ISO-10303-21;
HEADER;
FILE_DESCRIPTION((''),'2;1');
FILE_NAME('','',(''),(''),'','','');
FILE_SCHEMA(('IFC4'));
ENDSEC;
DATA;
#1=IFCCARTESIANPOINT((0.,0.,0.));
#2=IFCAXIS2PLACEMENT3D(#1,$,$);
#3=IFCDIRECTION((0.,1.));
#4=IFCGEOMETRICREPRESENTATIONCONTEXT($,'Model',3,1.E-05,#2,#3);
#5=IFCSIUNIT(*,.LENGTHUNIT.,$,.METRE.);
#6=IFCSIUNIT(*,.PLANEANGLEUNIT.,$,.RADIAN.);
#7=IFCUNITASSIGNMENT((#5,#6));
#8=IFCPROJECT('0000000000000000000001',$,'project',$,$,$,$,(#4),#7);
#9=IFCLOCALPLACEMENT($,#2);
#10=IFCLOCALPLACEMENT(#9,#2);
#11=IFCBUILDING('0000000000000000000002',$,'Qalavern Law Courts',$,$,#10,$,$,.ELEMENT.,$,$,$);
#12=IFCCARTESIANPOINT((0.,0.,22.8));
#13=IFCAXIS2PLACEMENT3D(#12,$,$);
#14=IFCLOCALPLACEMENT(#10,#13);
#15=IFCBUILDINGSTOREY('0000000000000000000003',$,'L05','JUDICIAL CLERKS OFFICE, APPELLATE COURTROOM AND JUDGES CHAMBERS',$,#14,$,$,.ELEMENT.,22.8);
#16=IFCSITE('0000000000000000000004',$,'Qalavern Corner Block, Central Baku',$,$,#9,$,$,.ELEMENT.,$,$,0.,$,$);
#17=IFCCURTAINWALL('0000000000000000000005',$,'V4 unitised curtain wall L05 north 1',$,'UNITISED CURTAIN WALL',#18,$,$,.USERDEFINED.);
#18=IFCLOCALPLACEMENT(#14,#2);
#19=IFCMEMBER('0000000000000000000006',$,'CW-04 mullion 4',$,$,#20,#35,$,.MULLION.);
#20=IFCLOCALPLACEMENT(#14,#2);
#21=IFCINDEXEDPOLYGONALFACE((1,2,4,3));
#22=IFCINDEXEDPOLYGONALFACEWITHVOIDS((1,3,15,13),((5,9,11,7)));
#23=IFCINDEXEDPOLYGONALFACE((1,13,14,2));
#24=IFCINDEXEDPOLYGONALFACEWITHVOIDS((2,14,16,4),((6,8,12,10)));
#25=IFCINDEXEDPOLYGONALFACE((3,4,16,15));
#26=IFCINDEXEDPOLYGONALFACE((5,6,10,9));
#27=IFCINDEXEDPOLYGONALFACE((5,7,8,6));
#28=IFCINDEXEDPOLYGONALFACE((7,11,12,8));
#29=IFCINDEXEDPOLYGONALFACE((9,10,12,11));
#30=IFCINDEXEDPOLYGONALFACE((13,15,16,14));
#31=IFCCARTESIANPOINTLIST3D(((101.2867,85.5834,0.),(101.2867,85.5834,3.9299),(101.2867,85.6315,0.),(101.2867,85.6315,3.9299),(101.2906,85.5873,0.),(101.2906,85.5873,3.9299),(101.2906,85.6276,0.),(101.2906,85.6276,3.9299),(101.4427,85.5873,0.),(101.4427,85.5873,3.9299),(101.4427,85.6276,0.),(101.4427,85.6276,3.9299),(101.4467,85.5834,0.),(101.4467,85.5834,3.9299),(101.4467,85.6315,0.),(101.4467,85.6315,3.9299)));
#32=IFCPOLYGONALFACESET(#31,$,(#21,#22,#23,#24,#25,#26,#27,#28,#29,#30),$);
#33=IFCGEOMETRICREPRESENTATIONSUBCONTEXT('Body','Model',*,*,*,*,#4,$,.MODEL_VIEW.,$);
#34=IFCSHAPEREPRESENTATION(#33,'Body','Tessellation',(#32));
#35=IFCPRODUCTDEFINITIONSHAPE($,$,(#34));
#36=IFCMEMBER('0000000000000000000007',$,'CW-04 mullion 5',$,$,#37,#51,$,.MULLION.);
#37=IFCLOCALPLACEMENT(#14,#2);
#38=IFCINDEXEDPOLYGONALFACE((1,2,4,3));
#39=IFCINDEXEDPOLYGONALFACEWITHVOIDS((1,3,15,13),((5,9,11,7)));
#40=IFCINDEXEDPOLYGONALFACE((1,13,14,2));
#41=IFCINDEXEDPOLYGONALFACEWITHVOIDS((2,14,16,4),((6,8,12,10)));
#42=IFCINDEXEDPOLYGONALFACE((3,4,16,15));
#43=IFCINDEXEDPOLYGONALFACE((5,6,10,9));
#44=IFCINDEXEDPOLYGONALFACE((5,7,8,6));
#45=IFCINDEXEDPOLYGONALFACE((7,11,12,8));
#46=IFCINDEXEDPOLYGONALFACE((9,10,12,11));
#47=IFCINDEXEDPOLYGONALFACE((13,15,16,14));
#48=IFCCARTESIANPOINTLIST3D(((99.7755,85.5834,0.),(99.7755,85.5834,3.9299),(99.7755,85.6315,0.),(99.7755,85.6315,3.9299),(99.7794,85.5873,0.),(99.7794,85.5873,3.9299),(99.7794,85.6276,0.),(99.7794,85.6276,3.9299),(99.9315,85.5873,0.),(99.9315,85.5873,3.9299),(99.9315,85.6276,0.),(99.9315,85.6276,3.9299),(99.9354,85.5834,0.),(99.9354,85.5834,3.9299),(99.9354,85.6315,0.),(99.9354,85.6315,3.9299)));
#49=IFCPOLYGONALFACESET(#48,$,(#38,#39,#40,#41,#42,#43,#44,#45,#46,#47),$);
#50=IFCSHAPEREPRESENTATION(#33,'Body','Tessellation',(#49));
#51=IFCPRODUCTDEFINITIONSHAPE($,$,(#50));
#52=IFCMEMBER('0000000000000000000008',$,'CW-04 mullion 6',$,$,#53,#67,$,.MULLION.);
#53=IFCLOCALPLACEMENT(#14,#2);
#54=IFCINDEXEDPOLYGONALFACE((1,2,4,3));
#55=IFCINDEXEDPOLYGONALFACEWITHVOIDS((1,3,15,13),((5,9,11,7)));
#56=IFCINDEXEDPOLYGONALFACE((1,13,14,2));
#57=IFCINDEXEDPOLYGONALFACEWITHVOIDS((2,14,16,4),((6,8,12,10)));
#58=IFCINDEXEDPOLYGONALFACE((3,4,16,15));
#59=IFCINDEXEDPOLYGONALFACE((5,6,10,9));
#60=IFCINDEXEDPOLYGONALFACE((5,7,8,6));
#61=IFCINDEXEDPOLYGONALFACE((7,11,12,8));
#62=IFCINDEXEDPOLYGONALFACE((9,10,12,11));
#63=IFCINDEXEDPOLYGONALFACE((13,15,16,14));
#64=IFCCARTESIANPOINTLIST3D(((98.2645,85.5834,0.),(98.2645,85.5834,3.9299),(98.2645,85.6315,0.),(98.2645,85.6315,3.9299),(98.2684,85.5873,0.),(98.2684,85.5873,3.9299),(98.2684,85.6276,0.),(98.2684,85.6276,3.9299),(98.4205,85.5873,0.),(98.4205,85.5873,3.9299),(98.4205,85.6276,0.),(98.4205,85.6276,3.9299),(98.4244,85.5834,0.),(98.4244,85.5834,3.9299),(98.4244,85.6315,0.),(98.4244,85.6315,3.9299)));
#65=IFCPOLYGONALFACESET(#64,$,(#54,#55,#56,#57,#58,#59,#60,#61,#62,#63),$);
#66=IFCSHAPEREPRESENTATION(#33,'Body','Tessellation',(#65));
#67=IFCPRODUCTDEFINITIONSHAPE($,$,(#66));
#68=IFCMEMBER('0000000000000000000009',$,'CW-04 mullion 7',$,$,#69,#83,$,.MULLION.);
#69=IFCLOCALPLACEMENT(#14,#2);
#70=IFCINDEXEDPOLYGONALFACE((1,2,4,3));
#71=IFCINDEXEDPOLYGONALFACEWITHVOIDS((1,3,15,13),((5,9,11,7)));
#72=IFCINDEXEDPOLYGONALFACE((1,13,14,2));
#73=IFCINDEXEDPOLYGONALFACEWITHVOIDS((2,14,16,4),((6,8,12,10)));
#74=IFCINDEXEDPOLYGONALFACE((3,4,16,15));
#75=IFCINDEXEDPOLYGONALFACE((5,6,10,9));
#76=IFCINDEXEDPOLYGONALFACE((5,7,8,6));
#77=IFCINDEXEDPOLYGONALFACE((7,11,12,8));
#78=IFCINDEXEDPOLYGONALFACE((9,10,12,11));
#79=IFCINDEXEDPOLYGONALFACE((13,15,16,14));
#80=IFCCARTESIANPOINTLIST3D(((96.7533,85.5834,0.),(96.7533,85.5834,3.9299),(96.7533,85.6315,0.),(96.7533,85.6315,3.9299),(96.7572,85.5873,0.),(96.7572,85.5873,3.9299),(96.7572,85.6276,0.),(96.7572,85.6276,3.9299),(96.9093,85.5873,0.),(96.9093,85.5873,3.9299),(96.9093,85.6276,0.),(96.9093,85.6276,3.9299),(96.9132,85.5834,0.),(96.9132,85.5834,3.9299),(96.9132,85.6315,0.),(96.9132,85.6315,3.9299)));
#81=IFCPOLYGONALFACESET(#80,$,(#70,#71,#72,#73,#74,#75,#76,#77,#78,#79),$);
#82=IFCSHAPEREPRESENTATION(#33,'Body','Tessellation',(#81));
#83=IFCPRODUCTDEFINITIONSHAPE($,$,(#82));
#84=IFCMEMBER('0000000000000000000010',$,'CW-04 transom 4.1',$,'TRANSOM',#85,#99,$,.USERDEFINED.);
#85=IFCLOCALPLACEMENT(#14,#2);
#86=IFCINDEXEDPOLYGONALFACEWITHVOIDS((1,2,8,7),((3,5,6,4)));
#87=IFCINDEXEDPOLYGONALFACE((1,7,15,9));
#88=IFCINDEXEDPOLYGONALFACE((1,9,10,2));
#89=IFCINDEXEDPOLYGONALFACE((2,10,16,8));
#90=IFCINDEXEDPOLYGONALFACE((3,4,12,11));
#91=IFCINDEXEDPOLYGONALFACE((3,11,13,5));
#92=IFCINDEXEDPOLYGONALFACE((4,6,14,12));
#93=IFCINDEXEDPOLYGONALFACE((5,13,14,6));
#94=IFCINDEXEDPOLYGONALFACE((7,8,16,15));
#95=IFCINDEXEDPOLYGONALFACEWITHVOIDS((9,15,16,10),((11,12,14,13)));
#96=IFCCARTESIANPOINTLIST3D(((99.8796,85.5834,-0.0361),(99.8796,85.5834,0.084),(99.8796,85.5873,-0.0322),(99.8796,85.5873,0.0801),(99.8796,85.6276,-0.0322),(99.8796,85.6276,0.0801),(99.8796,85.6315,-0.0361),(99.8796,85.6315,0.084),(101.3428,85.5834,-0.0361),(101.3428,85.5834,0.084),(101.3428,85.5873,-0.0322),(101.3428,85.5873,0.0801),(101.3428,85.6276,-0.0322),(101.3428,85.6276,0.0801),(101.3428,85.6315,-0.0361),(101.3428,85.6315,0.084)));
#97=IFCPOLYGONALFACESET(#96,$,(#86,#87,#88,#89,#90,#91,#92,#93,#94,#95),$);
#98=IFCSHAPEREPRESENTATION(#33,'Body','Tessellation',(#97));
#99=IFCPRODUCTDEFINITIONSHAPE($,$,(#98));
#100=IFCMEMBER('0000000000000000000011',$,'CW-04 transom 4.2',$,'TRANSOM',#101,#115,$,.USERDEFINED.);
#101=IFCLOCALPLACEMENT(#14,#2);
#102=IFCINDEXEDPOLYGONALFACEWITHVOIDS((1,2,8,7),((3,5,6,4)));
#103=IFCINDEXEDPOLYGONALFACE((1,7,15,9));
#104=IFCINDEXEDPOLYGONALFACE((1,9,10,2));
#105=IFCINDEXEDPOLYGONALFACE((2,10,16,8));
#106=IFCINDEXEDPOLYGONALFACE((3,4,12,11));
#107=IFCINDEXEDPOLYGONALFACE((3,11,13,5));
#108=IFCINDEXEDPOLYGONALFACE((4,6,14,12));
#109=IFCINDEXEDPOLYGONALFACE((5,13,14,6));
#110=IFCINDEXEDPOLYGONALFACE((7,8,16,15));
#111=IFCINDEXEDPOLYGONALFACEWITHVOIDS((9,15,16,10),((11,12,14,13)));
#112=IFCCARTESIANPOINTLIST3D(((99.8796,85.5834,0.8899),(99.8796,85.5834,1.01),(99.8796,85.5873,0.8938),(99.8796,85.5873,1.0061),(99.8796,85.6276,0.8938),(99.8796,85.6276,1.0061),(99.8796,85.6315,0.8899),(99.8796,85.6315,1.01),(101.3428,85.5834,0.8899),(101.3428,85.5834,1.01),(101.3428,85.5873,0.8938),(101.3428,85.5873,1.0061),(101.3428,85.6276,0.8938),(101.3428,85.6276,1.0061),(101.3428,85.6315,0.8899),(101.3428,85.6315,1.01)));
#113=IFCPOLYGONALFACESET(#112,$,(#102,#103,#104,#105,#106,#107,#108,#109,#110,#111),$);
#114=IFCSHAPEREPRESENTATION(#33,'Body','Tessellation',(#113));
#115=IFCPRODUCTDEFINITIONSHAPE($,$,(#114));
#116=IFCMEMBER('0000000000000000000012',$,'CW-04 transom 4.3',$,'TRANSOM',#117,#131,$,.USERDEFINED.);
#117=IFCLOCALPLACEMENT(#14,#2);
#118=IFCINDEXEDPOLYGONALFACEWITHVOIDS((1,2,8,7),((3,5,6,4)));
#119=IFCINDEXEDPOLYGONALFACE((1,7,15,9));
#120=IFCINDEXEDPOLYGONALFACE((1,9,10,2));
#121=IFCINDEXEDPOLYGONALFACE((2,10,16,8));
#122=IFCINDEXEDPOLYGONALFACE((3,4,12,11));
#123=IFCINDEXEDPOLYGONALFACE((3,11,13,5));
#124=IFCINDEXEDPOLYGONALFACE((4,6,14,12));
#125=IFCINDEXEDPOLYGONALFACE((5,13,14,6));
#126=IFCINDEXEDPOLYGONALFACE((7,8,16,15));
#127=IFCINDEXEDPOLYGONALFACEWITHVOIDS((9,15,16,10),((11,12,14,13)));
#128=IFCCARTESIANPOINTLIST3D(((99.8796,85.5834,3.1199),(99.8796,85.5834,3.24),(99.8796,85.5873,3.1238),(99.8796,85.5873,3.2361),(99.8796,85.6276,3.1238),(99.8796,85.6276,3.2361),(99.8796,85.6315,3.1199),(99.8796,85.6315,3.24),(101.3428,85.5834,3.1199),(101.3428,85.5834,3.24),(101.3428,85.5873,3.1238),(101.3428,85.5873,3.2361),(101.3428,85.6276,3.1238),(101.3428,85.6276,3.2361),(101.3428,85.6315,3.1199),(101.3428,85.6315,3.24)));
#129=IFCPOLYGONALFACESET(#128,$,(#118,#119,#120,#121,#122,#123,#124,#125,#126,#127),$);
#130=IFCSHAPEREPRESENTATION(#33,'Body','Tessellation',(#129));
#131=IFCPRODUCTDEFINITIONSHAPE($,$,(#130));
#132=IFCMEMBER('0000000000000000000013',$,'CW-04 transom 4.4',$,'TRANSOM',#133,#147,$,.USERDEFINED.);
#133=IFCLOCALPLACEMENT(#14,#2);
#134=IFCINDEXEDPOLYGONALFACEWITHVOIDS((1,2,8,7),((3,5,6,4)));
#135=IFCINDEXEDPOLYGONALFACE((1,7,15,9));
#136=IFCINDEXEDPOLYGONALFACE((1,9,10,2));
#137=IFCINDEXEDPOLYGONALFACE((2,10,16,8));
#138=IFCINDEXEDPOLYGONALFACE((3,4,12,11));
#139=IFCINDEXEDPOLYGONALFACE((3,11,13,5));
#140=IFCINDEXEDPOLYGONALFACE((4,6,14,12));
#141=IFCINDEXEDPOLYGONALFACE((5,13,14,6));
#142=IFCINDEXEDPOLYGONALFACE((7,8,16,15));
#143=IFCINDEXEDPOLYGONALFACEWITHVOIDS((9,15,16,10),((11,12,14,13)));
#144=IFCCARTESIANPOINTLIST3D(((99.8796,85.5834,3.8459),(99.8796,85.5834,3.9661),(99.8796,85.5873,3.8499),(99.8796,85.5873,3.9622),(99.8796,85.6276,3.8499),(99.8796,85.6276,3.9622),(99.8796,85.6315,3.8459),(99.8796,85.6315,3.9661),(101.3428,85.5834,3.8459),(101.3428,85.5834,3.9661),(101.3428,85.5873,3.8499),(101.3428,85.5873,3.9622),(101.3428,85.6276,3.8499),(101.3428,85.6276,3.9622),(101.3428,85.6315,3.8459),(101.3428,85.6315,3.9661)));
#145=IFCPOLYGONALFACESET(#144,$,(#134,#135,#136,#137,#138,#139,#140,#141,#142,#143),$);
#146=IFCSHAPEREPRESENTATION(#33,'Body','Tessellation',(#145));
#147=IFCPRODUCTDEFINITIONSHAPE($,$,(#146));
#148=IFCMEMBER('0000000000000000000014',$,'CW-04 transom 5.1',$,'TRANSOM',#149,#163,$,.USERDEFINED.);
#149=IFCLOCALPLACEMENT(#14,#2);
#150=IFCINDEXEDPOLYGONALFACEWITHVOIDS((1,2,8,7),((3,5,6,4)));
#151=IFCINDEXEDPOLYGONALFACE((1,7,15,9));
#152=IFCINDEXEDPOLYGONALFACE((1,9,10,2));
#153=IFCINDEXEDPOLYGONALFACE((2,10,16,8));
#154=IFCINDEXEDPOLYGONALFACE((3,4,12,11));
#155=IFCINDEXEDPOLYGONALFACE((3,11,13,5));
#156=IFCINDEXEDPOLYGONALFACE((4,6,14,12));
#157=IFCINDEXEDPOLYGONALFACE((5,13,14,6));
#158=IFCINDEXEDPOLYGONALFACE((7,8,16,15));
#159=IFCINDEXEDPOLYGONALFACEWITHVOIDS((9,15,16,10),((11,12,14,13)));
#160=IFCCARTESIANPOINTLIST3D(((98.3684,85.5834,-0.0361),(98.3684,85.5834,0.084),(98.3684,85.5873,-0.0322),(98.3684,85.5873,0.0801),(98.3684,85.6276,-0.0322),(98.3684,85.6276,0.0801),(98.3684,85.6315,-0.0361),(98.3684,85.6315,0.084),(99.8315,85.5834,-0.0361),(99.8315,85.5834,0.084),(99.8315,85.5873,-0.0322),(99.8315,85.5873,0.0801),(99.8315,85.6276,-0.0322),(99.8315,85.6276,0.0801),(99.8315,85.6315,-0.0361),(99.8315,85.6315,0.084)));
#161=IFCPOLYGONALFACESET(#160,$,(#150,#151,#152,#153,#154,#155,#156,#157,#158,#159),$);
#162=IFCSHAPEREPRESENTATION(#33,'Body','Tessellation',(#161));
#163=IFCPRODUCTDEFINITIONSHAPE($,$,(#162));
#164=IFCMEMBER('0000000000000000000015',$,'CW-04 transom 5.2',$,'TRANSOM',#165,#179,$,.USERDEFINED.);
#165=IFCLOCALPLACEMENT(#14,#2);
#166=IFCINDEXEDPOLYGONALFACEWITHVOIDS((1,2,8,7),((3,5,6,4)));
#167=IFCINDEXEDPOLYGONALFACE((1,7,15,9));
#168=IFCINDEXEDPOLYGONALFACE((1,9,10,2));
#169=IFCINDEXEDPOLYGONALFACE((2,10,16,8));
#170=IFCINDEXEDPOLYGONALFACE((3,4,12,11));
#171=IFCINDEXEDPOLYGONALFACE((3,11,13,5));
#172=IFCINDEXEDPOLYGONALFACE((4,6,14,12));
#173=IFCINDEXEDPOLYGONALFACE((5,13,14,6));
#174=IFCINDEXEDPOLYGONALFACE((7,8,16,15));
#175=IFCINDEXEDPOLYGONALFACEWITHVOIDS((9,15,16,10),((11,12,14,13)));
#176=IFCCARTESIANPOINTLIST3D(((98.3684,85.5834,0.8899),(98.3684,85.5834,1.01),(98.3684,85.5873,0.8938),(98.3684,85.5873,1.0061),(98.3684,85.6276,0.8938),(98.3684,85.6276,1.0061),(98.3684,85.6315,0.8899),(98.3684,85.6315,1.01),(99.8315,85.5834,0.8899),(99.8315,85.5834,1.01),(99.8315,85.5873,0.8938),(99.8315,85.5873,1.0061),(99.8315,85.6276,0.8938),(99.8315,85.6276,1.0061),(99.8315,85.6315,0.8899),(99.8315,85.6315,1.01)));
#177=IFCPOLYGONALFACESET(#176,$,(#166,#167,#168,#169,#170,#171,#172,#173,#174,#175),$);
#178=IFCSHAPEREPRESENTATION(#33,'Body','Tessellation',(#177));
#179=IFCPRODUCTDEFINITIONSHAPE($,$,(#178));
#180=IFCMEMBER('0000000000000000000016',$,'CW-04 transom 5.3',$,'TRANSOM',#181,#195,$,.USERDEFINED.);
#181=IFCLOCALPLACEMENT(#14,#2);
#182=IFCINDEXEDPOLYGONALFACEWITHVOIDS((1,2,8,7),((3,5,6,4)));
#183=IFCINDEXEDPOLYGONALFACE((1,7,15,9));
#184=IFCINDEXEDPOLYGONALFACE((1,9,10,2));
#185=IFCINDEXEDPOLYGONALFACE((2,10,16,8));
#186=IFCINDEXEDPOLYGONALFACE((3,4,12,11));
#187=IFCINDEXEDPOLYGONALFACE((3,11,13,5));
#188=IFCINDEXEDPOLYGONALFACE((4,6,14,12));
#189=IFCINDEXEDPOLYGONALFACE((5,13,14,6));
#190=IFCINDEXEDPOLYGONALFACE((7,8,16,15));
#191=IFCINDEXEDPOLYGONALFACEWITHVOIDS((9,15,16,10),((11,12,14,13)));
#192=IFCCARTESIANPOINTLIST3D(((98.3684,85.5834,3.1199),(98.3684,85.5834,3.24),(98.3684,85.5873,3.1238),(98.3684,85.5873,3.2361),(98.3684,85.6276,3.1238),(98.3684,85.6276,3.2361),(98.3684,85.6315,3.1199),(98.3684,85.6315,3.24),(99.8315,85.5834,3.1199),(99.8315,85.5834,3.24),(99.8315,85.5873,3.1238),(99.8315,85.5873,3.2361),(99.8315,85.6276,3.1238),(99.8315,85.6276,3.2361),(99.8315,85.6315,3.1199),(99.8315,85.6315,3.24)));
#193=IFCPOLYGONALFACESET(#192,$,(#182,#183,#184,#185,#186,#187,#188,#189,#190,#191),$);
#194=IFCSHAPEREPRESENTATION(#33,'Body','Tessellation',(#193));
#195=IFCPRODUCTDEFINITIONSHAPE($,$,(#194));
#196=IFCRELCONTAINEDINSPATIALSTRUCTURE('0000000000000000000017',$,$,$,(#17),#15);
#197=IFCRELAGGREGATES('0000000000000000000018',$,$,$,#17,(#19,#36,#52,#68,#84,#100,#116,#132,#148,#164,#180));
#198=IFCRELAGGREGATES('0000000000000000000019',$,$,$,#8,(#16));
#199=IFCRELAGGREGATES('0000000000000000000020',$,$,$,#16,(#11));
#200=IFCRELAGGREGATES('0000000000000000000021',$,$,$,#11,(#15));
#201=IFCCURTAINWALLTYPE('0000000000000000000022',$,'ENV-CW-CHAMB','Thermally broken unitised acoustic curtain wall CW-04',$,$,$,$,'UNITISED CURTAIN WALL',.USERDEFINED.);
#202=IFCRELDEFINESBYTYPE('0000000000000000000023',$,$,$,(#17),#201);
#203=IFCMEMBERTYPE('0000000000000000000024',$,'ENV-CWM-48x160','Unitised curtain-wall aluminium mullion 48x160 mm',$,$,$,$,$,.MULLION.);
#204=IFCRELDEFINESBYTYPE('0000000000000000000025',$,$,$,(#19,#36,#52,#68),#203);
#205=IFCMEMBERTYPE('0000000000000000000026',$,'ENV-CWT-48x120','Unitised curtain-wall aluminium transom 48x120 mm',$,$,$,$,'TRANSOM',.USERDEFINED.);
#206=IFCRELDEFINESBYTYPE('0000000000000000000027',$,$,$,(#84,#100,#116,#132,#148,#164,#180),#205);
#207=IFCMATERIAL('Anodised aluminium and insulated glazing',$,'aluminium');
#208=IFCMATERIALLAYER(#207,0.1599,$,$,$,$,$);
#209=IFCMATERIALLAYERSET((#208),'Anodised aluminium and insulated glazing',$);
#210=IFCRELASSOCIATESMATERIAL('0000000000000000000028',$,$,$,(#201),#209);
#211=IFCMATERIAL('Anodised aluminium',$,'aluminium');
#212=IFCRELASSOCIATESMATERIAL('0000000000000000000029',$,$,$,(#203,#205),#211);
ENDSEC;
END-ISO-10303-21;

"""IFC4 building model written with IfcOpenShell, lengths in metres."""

from ifc_helpers import new_model, si_unit, direction, frame, origin, origin_2d, place, context, subcontext, project, spatial, hollow_rectangle, extrude, material, layer, layer_set, material_profile, profile_set, type_object, element, aggregate, save


model = new_model("IFC4")

# Units and contexts
model_context = context("Model", 3, precision=1e-05, world=origin(), true_north=direction((0.0, 1.0)))
body_context = subcontext(model_context, "Body", "Model", "MODEL_VIEW")
ifc_project = project(units=[si_unit("LENGTHUNIT", "METRE"), si_unit("PLANEANGLEUNIT", "RADIAN")], contexts=[model_context])

# Site, building, storey
site_placement = place(None, origin())
site = spatial("IfcSite", under=ifc_project, at=site_placement, Name="Qalavern Corner Block, Central Baku", CompositionType="ELEMENT", RefElevation=0.0)
building_placement = place(site_placement, origin())
building = spatial("IfcBuilding", under=site, at=building_placement, Name="Qalavern Law Courts", CompositionType="ELEMENT")
storey_placement = place(building_placement, frame((0.0, 0.0, 22.8)))
storey = spatial("IfcBuildingStorey", under=building, at=storey_placement, Name="L05", Description="JUDICIAL CLERKS OFFICE, APPELLATE COURTROOM AND JUDGES CHAMBERS", CompositionType="ELEMENT", Elevation=22.8)

# Curtain wall, members
ifc_material_1 = material(Name="Anodised aluminium and insulated glazing", Category="aluminium")
ifc_layer_1 = layer(ifc_material_1, 0.1599)
ifc_layer_set_1 = layer_set([ifc_layer_1], Name="Anodised aluminium and insulated glazing")
curtain_wall_type = type_object("IfcCurtainWallType", Name="ENV-CW-CHAMB", Description="Thermally broken unitised acoustic curtain wall CW-04", ElementType="UNITISED CURTAIN WALL", PredefinedType="USERDEFINED", material=ifc_layer_set_1)
curtain_wall_placement = place(storey_placement, origin())
curtain_wall = element("IfcCurtainWall", 1, at=curtain_wall_placement, inside=storey, type_object=curtain_wall_type, Name="V4 unitised curtain wall L05 north 1", ObjectType="UNITISED CURTAIN WALL", PredefinedType="USERDEFINED")
ifc_material_2 = material(Name="Anodised aluminium", Category="aluminium")
ifc_material_profile_1 = material_profile(ifc_material_2, hollow_rectangle(XDim=0.0481, YDim=0.1599, WallThickness=0.0039, at=origin_2d()), Name="ALU MULLION 48x160")
ifc_profile_set_1 = profile_set([ifc_material_profile_1], Name="Anodised aluminium")
member_type_1 = type_object("IfcMemberType", Name="ENV-CWM-48x160", Description="Unitised curtain-wall aluminium mullion 48x160 mm", PredefinedType="MULLION", material=ifc_profile_set_1)
member_1_placement = place(storey_placement, frame((101.3667, 85.6074, 0.0), z_axis=(0.0, 0.0, 1.0), x_axis=(0.0, -1.0, 0.0)))
member_1 = element("IfcMember", 2, at=member_1_placement, type_object=member_type_1, Name="CW-04 mullion 4", PredefinedType="MULLION", context=body_context, shape_type="SweptSolid", body=[
    extrude(hollow_rectangle(XDim=0.0481, YDim=0.1599, WallThickness=0.0039, at=origin_2d()), origin(), (0.0, 0.0, 1.0), 3.9299),
])
member_2_placement = place(storey_placement, frame((99.8555, 85.6074, 0.0), z_axis=(0.0, 0.0, 1.0), x_axis=(0.0, -1.0, 0.0)))
member_2 = element("IfcMember", 3, at=member_2_placement, type_object=member_type_1, Name="CW-04 mullion 5", PredefinedType="MULLION", context=body_context, shape_type="SweptSolid", body=[
    extrude(hollow_rectangle(XDim=0.0481, YDim=0.1599, WallThickness=0.0039, at=origin_2d()), origin(), (0.0, 0.0, 1.0), 3.9299),
])
member_3_placement = place(storey_placement, frame((98.3445, 85.6074, 0.0), z_axis=(0.0, 0.0, 1.0), x_axis=(0.0, -1.0, 0.0)))
member_3 = element("IfcMember", 4, at=member_3_placement, type_object=member_type_1, Name="CW-04 mullion 6", PredefinedType="MULLION", context=body_context, shape_type="SweptSolid", body=[
    extrude(hollow_rectangle(XDim=0.0481, YDim=0.1599, WallThickness=0.0039, at=origin_2d()), origin(), (0.0, 0.0, 1.0), 3.9299),
])
member_4_placement = place(storey_placement, frame((96.8333, 85.6074, 0.0), z_axis=(0.0, 0.0, 1.0), x_axis=(0.0, -1.0, 0.0)))
member_4 = element("IfcMember", 5, at=member_4_placement, type_object=member_type_1, Name="CW-04 mullion 7", PredefinedType="MULLION", context=body_context, shape_type="SweptSolid", body=[
    extrude(hollow_rectangle(XDim=0.0481, YDim=0.1599, WallThickness=0.0039, at=origin_2d()), origin(), (0.0, 0.0, 1.0), 3.9299),
])
ifc_material_profile_2 = material_profile(ifc_material_2, hollow_rectangle(XDim=0.0481, YDim=0.1201, WallThickness=0.0039, at=origin_2d()), Name="ALU TRANSOM 48x120")
ifc_profile_set_2 = profile_set([ifc_material_profile_2], Name="Anodised aluminium")
member_type_2 = type_object("IfcMemberType", Name="ENV-CWT-48x120", Description="Unitised curtain-wall aluminium transom 48x120 mm", ElementType="TRANSOM", PredefinedType="USERDEFINED", material=ifc_profile_set_2)
member_5_placement = place(storey_placement, frame((101.3428, 85.6074, 0.0239), z_axis=(-1.0, 0.0, 0.0), x_axis=(0.0, -1.0, 0.0)))
member_5 = element("IfcMember", 6, at=member_5_placement, type_object=member_type_2, Name="CW-04 transom 4.1", ObjectType="TRANSOM", PredefinedType="USERDEFINED", context=body_context, shape_type="SweptSolid", body=[
    extrude(hollow_rectangle(XDim=0.0481, YDim=0.1201, WallThickness=0.0039, at=origin_2d()), origin(), (0.0, 0.0, 1.0), 1.4631),
])
member_6_placement = place(storey_placement, frame((101.3428, 85.6074, 0.95), z_axis=(-1.0, 0.0, 0.0), x_axis=(0.0, -1.0, 0.0)))
member_6 = element("IfcMember", 7, at=member_6_placement, type_object=member_type_2, Name="CW-04 transom 4.2", ObjectType="TRANSOM", PredefinedType="USERDEFINED", context=body_context, shape_type="SweptSolid", body=[
    extrude(hollow_rectangle(XDim=0.0481, YDim=0.1201, WallThickness=0.0039, at=origin_2d()), origin(), (0.0, 0.0, 1.0), 1.4631),
])
member_7_placement = place(storey_placement, frame((101.3428, 85.6074, 3.1799), z_axis=(-1.0, 0.0, 0.0), x_axis=(0.0, -1.0, 0.0)))
member_7 = element("IfcMember", 8, at=member_7_placement, type_object=member_type_2, Name="CW-04 transom 4.3", ObjectType="TRANSOM", PredefinedType="USERDEFINED", context=body_context, shape_type="SweptSolid", body=[
    extrude(hollow_rectangle(XDim=0.0481, YDim=0.1201, WallThickness=0.0039, at=origin_2d()), origin(), (0.0, 0.0, 1.0), 1.4631),
])
member_8_placement = place(storey_placement, frame((101.3428, 85.6074, 3.906), z_axis=(-1.0, 0.0, 0.0), x_axis=(0.0, -1.0, 0.0)))
member_8 = element("IfcMember", 9, at=member_8_placement, type_object=member_type_2, Name="CW-04 transom 4.4", ObjectType="TRANSOM", PredefinedType="USERDEFINED", context=body_context, shape_type="SweptSolid", body=[
    extrude(hollow_rectangle(XDim=0.0481, YDim=0.1201, WallThickness=0.0039, at=origin_2d()), origin(), (0.0, 0.0, 1.0), 1.4631),
])
member_9_placement = place(storey_placement, frame((99.8315, 85.6074, 0.0239), z_axis=(-1.0, 0.0, 0.0), x_axis=(0.0, -1.0, 0.0)))
member_9 = element("IfcMember", 10, at=member_9_placement, type_object=member_type_2, Name="CW-04 transom 5.1", ObjectType="TRANSOM", PredefinedType="USERDEFINED", context=body_context, shape_type="SweptSolid", body=[
    extrude(hollow_rectangle(XDim=0.0481, YDim=0.1201, WallThickness=0.0039, at=origin_2d()), origin(), (0.0, 0.0, 1.0), 1.4631),
])
member_10_placement = place(storey_placement, frame((99.8315, 85.6074, 0.95), z_axis=(-1.0, 0.0, 0.0), x_axis=(0.0, -1.0, 0.0)))
member_10 = element("IfcMember", 11, at=member_10_placement, type_object=member_type_2, Name="CW-04 transom 5.2", ObjectType="TRANSOM", PredefinedType="USERDEFINED", context=body_context, shape_type="SweptSolid", body=[
    extrude(hollow_rectangle(XDim=0.0481, YDim=0.1201, WallThickness=0.0039, at=origin_2d()), origin(), (0.0, 0.0, 1.0), 1.4631),
])
member_11_placement = place(storey_placement, frame((99.8315, 85.6074, 3.1799), z_axis=(-1.0, 0.0, 0.0), x_axis=(0.0, -1.0, 0.0)))
member_11 = element("IfcMember", 12, at=member_11_placement, type_object=member_type_2, Name="CW-04 transom 5.3", ObjectType="TRANSOM", PredefinedType="USERDEFINED", context=body_context, shape_type="SweptSolid", body=[
    extrude(hollow_rectangle(XDim=0.0481, YDim=0.1201, WallThickness=0.0039, at=origin_2d()), origin(), (0.0, 0.0, 1.0), 1.4631),
])
aggregate(curtain_wall, [member_1, member_2, member_3, member_4, member_5, member_6, member_7, member_8, member_9, member_10, member_11])

save(model, "model.ifc")
